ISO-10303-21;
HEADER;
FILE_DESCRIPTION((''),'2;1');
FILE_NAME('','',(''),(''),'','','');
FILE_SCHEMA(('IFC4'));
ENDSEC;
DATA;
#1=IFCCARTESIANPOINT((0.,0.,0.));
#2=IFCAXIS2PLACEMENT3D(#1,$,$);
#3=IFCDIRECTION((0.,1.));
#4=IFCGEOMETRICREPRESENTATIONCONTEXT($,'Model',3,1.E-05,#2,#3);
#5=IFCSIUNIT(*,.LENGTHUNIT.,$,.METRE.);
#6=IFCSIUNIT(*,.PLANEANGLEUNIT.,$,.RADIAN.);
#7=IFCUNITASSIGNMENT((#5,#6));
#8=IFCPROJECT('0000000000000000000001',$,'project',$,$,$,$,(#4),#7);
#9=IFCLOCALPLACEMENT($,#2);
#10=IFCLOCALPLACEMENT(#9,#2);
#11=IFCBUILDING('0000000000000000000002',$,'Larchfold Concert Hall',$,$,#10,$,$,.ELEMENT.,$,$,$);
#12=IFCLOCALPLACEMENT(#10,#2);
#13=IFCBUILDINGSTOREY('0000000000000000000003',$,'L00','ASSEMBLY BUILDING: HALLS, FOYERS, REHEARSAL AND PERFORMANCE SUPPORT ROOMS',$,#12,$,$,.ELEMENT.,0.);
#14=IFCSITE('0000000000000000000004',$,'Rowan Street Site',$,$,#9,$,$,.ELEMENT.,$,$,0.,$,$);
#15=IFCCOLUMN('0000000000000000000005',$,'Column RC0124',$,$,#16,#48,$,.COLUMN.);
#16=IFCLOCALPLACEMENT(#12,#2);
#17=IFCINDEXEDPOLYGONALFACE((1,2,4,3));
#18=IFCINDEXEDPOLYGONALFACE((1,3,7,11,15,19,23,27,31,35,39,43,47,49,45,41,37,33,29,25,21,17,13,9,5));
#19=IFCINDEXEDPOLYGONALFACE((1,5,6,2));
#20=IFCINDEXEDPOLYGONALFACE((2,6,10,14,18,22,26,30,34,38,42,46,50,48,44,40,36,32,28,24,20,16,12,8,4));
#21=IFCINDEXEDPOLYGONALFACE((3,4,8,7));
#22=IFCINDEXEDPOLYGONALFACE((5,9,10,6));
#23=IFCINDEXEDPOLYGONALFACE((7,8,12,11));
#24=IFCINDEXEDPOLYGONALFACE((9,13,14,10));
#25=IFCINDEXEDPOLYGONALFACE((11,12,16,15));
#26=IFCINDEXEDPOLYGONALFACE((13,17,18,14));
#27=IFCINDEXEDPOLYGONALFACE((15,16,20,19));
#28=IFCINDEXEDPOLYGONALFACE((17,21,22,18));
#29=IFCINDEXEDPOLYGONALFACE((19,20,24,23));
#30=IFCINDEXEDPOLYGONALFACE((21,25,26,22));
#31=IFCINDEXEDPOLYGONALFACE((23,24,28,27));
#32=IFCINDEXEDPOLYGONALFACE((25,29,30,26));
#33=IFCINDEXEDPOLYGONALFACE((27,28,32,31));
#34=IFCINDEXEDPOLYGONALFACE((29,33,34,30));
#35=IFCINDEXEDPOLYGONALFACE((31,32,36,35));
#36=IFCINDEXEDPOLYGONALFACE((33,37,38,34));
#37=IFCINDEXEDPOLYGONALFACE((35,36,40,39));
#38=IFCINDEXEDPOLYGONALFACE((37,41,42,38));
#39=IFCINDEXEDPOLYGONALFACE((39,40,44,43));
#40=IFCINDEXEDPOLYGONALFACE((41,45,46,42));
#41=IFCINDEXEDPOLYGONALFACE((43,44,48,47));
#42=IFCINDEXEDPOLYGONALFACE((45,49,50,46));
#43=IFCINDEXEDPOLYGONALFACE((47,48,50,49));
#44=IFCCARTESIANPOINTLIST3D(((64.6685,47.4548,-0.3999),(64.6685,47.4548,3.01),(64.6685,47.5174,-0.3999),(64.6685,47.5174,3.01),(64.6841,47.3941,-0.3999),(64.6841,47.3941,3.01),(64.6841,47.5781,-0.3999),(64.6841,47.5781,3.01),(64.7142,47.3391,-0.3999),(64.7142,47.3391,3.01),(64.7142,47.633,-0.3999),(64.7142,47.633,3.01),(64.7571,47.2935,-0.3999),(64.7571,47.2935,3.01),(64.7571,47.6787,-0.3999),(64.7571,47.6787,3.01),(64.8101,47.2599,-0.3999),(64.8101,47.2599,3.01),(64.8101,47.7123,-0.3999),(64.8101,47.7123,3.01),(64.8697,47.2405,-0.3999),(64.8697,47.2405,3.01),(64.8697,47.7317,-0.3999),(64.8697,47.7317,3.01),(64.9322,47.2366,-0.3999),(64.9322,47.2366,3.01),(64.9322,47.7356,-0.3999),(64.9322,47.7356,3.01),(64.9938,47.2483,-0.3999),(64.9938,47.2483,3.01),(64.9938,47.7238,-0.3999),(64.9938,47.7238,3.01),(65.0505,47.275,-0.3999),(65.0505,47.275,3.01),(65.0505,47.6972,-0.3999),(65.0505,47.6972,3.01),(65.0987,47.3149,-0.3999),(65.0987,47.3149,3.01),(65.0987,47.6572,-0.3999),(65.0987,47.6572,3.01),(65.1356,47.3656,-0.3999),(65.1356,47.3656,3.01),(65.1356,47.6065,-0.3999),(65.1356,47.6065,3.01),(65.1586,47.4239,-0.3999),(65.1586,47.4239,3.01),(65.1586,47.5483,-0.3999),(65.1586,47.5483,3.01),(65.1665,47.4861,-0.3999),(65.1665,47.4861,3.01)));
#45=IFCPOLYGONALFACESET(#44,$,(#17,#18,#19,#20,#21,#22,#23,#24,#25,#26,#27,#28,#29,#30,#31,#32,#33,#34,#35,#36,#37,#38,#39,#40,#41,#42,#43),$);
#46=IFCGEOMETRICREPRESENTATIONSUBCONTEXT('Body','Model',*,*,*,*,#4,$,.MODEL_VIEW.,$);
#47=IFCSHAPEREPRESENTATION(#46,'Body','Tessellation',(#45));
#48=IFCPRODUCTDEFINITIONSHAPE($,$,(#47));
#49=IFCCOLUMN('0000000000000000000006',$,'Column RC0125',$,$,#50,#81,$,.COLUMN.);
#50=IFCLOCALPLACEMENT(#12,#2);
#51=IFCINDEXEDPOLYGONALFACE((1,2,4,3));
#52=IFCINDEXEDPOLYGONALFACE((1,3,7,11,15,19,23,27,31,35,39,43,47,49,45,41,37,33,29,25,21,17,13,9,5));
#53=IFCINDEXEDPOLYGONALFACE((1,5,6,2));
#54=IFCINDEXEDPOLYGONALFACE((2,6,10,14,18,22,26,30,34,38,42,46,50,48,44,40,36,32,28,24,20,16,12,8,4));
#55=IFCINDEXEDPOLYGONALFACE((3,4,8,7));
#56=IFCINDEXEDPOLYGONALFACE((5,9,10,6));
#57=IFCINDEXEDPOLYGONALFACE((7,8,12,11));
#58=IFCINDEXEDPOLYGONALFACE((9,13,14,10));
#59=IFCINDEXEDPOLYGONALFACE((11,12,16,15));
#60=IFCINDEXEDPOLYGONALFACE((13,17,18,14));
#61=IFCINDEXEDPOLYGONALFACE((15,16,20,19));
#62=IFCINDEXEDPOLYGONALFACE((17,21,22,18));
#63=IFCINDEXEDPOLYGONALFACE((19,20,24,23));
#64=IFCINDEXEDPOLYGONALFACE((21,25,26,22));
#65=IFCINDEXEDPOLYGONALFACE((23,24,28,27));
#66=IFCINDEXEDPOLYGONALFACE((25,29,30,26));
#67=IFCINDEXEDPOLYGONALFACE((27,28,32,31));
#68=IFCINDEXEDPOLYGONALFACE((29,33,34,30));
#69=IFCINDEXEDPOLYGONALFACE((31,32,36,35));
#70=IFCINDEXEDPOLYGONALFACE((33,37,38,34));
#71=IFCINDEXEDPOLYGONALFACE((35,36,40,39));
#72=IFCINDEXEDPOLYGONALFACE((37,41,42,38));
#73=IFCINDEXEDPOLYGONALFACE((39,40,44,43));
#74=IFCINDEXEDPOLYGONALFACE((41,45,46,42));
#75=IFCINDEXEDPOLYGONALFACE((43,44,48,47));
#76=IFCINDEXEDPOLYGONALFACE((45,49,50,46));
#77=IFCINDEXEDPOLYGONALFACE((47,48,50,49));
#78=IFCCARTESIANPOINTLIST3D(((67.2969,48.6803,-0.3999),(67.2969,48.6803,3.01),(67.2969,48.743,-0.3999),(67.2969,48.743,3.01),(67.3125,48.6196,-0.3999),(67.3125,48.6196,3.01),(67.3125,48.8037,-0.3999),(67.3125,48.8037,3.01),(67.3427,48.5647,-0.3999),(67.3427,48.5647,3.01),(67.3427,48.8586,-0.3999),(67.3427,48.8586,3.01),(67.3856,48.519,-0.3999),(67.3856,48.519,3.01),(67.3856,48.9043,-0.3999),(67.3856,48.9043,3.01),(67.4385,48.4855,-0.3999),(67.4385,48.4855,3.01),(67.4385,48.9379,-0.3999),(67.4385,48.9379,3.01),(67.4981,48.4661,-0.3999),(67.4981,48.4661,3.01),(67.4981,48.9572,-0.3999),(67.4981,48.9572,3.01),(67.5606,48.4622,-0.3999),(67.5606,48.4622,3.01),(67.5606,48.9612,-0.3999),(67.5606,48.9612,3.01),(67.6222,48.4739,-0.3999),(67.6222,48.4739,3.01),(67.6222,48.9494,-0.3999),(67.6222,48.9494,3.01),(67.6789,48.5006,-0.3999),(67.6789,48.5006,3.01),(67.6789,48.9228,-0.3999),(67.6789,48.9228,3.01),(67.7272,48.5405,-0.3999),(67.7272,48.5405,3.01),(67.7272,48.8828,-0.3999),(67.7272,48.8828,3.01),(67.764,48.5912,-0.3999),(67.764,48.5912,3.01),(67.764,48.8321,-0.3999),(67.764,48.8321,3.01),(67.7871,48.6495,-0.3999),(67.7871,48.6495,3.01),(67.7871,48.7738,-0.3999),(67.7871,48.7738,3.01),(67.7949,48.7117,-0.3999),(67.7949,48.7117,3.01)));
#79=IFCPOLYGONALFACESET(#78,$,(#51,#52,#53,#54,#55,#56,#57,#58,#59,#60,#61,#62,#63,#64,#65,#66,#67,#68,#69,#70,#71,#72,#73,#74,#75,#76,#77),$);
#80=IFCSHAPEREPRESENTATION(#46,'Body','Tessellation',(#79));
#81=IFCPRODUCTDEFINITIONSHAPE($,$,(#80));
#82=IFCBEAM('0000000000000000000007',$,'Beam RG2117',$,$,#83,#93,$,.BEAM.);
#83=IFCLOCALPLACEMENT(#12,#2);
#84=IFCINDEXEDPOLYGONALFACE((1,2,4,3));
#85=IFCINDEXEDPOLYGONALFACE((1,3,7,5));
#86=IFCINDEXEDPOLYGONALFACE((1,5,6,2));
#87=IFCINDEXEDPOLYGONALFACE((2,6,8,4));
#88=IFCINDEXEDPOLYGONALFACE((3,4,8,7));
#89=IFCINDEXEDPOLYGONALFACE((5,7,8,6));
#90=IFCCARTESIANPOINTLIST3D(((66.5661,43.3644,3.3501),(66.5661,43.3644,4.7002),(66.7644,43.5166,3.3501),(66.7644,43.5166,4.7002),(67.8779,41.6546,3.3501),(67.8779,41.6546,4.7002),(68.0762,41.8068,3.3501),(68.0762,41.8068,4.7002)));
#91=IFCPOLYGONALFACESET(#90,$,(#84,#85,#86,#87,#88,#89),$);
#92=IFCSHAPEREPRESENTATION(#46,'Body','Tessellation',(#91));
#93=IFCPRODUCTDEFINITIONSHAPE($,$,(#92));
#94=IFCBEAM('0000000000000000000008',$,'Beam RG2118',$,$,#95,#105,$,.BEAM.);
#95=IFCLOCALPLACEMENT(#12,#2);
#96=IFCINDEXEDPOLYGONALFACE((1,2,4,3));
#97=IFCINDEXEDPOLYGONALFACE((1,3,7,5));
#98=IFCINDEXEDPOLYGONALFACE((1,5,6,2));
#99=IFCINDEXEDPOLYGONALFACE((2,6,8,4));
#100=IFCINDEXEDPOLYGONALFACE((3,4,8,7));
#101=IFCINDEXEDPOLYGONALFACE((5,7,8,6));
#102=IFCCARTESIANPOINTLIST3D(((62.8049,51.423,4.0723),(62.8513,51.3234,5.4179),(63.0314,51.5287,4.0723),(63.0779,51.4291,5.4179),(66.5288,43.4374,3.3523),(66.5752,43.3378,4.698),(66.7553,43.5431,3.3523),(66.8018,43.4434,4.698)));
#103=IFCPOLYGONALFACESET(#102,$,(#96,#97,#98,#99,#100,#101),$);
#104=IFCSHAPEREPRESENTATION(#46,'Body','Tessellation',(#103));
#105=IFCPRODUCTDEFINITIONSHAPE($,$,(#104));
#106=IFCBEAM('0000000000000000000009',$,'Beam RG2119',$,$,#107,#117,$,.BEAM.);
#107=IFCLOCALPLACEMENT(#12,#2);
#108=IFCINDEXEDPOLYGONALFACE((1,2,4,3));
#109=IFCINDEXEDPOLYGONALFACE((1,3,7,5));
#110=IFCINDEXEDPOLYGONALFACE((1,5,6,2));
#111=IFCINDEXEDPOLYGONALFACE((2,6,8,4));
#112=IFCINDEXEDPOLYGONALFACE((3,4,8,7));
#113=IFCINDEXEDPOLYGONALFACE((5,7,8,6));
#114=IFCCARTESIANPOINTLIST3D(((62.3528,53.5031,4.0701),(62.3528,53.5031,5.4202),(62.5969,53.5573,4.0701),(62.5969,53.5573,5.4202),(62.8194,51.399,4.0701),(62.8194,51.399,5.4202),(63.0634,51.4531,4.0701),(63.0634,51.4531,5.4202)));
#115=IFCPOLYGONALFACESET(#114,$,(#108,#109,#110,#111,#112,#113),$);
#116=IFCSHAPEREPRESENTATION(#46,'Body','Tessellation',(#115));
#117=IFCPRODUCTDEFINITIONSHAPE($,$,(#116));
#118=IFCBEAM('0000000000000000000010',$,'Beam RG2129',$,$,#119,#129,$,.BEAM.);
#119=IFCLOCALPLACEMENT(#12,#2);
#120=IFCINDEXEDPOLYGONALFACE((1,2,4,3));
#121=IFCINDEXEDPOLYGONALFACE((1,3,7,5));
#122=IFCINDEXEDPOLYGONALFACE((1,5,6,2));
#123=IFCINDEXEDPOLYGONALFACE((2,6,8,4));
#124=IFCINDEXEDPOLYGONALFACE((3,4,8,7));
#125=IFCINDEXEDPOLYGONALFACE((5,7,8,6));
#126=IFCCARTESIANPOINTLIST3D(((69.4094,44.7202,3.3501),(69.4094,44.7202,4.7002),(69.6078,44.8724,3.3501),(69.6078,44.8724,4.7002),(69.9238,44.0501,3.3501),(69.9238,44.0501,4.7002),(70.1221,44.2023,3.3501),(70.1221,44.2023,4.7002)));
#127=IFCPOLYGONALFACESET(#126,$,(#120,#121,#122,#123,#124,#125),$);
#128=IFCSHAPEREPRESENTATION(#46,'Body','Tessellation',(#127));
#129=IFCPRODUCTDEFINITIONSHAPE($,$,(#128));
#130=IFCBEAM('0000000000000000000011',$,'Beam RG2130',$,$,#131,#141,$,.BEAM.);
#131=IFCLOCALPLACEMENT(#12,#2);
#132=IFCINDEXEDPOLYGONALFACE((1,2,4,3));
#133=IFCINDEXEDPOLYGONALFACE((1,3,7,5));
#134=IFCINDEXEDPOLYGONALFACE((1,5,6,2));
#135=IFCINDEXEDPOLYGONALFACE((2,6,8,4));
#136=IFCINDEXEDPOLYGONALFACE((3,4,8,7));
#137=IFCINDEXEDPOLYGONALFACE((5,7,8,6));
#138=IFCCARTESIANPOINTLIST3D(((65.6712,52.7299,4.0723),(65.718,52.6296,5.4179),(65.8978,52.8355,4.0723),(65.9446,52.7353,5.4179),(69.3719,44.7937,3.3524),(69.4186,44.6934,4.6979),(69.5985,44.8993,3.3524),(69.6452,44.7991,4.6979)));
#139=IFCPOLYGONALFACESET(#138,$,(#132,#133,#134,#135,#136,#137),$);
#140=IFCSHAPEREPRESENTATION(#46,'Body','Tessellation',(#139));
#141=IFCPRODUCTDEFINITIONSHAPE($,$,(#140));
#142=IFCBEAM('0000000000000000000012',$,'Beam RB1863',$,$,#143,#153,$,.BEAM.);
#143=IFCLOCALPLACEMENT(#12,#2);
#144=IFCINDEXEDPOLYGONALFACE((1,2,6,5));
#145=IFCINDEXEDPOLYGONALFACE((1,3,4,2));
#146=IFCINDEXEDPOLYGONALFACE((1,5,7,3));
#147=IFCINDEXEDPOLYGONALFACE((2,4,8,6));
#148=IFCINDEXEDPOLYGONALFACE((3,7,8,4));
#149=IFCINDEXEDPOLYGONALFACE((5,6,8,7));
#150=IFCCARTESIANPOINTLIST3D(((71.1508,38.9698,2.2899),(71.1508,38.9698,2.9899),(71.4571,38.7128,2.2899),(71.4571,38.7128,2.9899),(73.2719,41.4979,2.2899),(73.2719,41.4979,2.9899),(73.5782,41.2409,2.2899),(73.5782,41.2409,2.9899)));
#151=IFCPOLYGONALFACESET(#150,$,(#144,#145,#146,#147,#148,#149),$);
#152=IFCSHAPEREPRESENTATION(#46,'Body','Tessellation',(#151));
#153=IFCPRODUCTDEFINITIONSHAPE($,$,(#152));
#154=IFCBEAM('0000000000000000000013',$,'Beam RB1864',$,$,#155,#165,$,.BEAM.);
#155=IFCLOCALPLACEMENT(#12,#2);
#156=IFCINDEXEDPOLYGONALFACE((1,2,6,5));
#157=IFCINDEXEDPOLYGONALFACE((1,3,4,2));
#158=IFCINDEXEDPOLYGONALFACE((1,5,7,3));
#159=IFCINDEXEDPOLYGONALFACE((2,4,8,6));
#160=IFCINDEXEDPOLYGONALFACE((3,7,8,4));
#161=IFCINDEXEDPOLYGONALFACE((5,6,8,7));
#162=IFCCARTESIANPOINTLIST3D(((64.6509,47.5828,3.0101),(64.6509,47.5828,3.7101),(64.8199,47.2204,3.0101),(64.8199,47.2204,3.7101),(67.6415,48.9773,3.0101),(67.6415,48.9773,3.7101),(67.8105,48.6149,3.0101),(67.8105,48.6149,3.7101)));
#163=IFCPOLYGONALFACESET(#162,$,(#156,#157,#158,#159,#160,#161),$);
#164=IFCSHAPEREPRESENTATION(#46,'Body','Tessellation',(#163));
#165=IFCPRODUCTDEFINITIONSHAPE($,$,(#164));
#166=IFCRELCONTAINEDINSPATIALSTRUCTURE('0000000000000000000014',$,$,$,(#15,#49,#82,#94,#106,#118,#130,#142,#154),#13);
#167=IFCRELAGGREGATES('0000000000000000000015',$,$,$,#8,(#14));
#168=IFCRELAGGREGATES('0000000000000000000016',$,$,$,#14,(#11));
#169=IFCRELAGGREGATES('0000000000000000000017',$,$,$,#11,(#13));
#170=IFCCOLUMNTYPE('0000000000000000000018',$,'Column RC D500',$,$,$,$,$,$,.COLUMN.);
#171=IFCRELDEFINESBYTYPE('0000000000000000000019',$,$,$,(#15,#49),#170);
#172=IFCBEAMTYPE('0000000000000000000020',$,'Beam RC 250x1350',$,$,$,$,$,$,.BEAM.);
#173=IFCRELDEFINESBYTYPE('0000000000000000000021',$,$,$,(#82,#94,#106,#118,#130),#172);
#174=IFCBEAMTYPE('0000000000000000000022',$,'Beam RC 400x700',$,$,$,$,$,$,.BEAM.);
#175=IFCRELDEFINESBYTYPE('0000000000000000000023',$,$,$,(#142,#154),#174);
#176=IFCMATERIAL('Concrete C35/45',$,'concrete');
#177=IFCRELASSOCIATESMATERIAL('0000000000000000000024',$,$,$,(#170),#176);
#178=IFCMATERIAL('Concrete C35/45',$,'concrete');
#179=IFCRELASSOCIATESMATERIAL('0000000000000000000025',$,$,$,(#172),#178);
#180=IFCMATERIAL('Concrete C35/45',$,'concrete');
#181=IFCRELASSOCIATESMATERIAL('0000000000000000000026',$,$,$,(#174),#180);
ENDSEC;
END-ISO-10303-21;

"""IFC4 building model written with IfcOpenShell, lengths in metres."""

from ifc_helpers import new_model, si_unit, direction, frame, origin, origin_2d, place, context, subcontext, project, spatial, rectangle, circle, extrude, material, material_profile, profile_set, type_object, element, save


model = new_model("IFC4")

# Units and contexts
model_context = context("Model", 3, precision=1e-05, world=origin(), true_north=direction((0.0, 1.0)))
body_context = subcontext(model_context, "Body", "Model", "MODEL_VIEW")
ifc_project = project(units=[si_unit("LENGTHUNIT", "METRE"), si_unit("PLANEANGLEUNIT", "RADIAN")], contexts=[model_context])

# Site, building, storey
site_placement = place(None, origin())
site = spatial("IfcSite", under=ifc_project, at=site_placement, Name="Rowan Street Site", CompositionType="ELEMENT", RefElevation=0.0)
building_placement = place(site_placement, origin())
building = spatial("IfcBuilding", under=site, at=building_placement, Name="Larchfold Concert Hall", CompositionType="ELEMENT")
storey_placement = place(building_placement, origin())
storey = spatial("IfcBuildingStorey", under=building, at=storey_placement, Name="L00", Description="ASSEMBLY BUILDING: HALLS, FOYERS, REHEARSAL AND PERFORMANCE SUPPORT ROOMS", CompositionType="ELEMENT", Elevation=0.0)

# Columns
ifc_material_1 = material(Name="Concrete C35/45", Category="concrete")
ifc_material_profile_1 = material_profile(ifc_material_1, circle(Radius=0.25, at=origin_2d()))
ifc_profile_set_1 = profile_set([ifc_material_profile_1], Name="Concrete C35/45")
column_type_1 = type_object("IfcColumnType", Name="Column RC D500", PredefinedType="COLUMN", material=ifc_profile_set_1)
for number, where, z_axis, x_axis, name in (
    (1, (64.9165, 47.4861, -0.3999), (0.0, 0.0, 1.0), (1.0, 0.0, 0.0), "Column RC0124"),
    (2, (67.5449, 48.7117, -0.3999), (0.0, 0.0, 1.0), (1.0, 0.0, 0.0), "Column RC0125"),
):
    element("IfcColumn", number, at=place(storey_placement, frame(where, z_axis=z_axis, x_axis=x_axis)), inside=storey, type_object=column_type_1, Name=name, PredefinedType="COLUMN", context=body_context, shape_type="SweptSolid", body=[
        extrude(circle(Radius=0.25, at=origin_2d()), origin(), (0.0, 0.0, 1.0), 3.4099),
    ])

# Beams
ifc_material_2 = material(Name="Concrete C35/45", Category="concrete")
ifc_material_profile_2 = material_profile(ifc_material_2, rectangle(XDim=0.25, YDim=1.3501, at=origin_2d()))
ifc_profile_set_2 = profile_set([ifc_material_profile_2], Name="Concrete C35/45")
beam_type_1 = type_object("IfcBeamType", Name="Beam RC 250x1350", PredefinedType="BEAM", material=ifc_profile_set_2)
beam_1_placement = place(storey_placement, frame((67.9771, 41.7307, 4.0251), z_axis=(-0.608719, 0.793386, 0.0), x_axis=(-0.793386, -0.608719, 0.0)))
element("IfcBeam", 3, at=beam_1_placement, inside=storey, type_object=beam_type_1, Name="Beam RG2117", PredefinedType="BEAM", context=body_context, shape_type="SweptSolid", body=[
    extrude(rectangle(XDim=0.25, YDim=1.3501, at=origin_2d()), origin(), (0.0, 0.0, 1.0), 2.155),
])
beam_2_placement = place(storey_placement, frame((66.6653, 43.4404, 4.0251), z_axis=(-0.421227, 0.903292, 0.08144), x_axis=(-0.906302, -0.422631, 0.0)))
element("IfcBeam", 4, at=beam_2_placement, inside=storey, type_object=beam_type_1, Name="Beam RG2118", PredefinedType="BEAM", context=body_context, shape_type="SweptSolid", body=[
    extrude(rectangle(XDim=0.25, YDim=1.3501, at=origin_2d()), origin(), (0.0, 0.0, 1.0), 8.8406),
])
beam_3_placement = place(storey_placement, frame((62.9414, 51.426, 4.7451), z_axis=(-0.216463, 0.976291, 0.0), x_axis=(-0.976291, -0.216463, 0.0)))
element("IfcBeam", 5, at=beam_3_placement, inside=storey, type_object=beam_type_1, Name="Beam RG2119", PredefinedType="BEAM", context=body_context, shape_type="SweptSolid", body=[
    extrude(rectangle(XDim=0.25, YDim=1.3501, at=origin_2d()), origin(), (0.0, 0.0, 1.0), 2.1553),
])
beam_4_placement = place(storey_placement, frame((70.0229, 44.1262, 4.0251), z_axis=(-0.608886, 0.793257, 0.0), x_axis=(-0.793257, -0.608886, 0.0)))
element("IfcBeam", 6, at=beam_4_placement, inside=storey, type_object=beam_type_1, Name="Beam RG2129", PredefinedType="BEAM", context=body_context, shape_type="SweptSolid", body=[
    extrude(rectangle(XDim=0.25, YDim=1.3501, at=origin_2d()), origin(), (0.0, 0.0, 1.0), 0.8447),
])
beam_5_placement = place(storey_placement, frame((69.5085, 44.7964, 4.0251), z_axis=(-0.421191, 0.903263, 0.081943), x_axis=(-0.906311, -0.422612, 0.0)))
element("IfcBeam", 7, at=beam_5_placement, inside=storey, type_object=beam_type_1, Name="Beam RG2130", PredefinedType="BEAM", context=body_context, shape_type="SweptSolid", body=[
    extrude(rectangle(XDim=0.25, YDim=1.3501, at=origin_2d()), origin(), (0.0, 0.0, 1.0), 8.7861),
])
ifc_material_3 = material(Name="Concrete C35/45", Category="concrete")
ifc_material_profile_3 = material_profile(ifc_material_3, rectangle(XDim=0.3999, YDim=0.7, at=origin_2d()))
ifc_profile_set_3 = profile_set([ifc_material_profile_3], Name="Concrete C35/45")
beam_type_2 = type_object("IfcBeamType", Name="Beam RC 400x700", PredefinedType="BEAM", material=ifc_profile_set_3)
beam_6_placement = place(storey_placement, frame((71.304, 38.8413, 2.6399), z_axis=(0.64275, 0.766076, 0.0), x_axis=(-0.766076, 0.64275, 0.0)))
element("IfcBeam", 8, at=beam_6_placement, inside=storey, type_object=beam_type_2, Name="Beam RB1863", PredefinedType="BEAM", context=body_context, shape_type="SweptSolid", body=[
    extrude(rectangle(XDim=0.3999, YDim=0.7, at=origin_2d()), origin(), (0.0, 0.0, 1.0), 3.3),
])
beam_7_placement = place(storey_placement, frame((64.7354, 47.4016, 3.3601), z_axis=(0.906315, 0.422602, 0.0), x_axis=(-0.422602, 0.906315, 0.0)))
element("IfcBeam", 9, at=beam_7_placement, inside=storey, type_object=beam_type_2, Name="Beam RB1864", PredefinedType="BEAM", context=body_context, shape_type="SweptSolid", body=[
    extrude(rectangle(XDim=0.3999, YDim=0.7, at=origin_2d()), origin(), (0.0, 0.0, 1.0), 3.2998),
])

save(model, "model.ifc")
